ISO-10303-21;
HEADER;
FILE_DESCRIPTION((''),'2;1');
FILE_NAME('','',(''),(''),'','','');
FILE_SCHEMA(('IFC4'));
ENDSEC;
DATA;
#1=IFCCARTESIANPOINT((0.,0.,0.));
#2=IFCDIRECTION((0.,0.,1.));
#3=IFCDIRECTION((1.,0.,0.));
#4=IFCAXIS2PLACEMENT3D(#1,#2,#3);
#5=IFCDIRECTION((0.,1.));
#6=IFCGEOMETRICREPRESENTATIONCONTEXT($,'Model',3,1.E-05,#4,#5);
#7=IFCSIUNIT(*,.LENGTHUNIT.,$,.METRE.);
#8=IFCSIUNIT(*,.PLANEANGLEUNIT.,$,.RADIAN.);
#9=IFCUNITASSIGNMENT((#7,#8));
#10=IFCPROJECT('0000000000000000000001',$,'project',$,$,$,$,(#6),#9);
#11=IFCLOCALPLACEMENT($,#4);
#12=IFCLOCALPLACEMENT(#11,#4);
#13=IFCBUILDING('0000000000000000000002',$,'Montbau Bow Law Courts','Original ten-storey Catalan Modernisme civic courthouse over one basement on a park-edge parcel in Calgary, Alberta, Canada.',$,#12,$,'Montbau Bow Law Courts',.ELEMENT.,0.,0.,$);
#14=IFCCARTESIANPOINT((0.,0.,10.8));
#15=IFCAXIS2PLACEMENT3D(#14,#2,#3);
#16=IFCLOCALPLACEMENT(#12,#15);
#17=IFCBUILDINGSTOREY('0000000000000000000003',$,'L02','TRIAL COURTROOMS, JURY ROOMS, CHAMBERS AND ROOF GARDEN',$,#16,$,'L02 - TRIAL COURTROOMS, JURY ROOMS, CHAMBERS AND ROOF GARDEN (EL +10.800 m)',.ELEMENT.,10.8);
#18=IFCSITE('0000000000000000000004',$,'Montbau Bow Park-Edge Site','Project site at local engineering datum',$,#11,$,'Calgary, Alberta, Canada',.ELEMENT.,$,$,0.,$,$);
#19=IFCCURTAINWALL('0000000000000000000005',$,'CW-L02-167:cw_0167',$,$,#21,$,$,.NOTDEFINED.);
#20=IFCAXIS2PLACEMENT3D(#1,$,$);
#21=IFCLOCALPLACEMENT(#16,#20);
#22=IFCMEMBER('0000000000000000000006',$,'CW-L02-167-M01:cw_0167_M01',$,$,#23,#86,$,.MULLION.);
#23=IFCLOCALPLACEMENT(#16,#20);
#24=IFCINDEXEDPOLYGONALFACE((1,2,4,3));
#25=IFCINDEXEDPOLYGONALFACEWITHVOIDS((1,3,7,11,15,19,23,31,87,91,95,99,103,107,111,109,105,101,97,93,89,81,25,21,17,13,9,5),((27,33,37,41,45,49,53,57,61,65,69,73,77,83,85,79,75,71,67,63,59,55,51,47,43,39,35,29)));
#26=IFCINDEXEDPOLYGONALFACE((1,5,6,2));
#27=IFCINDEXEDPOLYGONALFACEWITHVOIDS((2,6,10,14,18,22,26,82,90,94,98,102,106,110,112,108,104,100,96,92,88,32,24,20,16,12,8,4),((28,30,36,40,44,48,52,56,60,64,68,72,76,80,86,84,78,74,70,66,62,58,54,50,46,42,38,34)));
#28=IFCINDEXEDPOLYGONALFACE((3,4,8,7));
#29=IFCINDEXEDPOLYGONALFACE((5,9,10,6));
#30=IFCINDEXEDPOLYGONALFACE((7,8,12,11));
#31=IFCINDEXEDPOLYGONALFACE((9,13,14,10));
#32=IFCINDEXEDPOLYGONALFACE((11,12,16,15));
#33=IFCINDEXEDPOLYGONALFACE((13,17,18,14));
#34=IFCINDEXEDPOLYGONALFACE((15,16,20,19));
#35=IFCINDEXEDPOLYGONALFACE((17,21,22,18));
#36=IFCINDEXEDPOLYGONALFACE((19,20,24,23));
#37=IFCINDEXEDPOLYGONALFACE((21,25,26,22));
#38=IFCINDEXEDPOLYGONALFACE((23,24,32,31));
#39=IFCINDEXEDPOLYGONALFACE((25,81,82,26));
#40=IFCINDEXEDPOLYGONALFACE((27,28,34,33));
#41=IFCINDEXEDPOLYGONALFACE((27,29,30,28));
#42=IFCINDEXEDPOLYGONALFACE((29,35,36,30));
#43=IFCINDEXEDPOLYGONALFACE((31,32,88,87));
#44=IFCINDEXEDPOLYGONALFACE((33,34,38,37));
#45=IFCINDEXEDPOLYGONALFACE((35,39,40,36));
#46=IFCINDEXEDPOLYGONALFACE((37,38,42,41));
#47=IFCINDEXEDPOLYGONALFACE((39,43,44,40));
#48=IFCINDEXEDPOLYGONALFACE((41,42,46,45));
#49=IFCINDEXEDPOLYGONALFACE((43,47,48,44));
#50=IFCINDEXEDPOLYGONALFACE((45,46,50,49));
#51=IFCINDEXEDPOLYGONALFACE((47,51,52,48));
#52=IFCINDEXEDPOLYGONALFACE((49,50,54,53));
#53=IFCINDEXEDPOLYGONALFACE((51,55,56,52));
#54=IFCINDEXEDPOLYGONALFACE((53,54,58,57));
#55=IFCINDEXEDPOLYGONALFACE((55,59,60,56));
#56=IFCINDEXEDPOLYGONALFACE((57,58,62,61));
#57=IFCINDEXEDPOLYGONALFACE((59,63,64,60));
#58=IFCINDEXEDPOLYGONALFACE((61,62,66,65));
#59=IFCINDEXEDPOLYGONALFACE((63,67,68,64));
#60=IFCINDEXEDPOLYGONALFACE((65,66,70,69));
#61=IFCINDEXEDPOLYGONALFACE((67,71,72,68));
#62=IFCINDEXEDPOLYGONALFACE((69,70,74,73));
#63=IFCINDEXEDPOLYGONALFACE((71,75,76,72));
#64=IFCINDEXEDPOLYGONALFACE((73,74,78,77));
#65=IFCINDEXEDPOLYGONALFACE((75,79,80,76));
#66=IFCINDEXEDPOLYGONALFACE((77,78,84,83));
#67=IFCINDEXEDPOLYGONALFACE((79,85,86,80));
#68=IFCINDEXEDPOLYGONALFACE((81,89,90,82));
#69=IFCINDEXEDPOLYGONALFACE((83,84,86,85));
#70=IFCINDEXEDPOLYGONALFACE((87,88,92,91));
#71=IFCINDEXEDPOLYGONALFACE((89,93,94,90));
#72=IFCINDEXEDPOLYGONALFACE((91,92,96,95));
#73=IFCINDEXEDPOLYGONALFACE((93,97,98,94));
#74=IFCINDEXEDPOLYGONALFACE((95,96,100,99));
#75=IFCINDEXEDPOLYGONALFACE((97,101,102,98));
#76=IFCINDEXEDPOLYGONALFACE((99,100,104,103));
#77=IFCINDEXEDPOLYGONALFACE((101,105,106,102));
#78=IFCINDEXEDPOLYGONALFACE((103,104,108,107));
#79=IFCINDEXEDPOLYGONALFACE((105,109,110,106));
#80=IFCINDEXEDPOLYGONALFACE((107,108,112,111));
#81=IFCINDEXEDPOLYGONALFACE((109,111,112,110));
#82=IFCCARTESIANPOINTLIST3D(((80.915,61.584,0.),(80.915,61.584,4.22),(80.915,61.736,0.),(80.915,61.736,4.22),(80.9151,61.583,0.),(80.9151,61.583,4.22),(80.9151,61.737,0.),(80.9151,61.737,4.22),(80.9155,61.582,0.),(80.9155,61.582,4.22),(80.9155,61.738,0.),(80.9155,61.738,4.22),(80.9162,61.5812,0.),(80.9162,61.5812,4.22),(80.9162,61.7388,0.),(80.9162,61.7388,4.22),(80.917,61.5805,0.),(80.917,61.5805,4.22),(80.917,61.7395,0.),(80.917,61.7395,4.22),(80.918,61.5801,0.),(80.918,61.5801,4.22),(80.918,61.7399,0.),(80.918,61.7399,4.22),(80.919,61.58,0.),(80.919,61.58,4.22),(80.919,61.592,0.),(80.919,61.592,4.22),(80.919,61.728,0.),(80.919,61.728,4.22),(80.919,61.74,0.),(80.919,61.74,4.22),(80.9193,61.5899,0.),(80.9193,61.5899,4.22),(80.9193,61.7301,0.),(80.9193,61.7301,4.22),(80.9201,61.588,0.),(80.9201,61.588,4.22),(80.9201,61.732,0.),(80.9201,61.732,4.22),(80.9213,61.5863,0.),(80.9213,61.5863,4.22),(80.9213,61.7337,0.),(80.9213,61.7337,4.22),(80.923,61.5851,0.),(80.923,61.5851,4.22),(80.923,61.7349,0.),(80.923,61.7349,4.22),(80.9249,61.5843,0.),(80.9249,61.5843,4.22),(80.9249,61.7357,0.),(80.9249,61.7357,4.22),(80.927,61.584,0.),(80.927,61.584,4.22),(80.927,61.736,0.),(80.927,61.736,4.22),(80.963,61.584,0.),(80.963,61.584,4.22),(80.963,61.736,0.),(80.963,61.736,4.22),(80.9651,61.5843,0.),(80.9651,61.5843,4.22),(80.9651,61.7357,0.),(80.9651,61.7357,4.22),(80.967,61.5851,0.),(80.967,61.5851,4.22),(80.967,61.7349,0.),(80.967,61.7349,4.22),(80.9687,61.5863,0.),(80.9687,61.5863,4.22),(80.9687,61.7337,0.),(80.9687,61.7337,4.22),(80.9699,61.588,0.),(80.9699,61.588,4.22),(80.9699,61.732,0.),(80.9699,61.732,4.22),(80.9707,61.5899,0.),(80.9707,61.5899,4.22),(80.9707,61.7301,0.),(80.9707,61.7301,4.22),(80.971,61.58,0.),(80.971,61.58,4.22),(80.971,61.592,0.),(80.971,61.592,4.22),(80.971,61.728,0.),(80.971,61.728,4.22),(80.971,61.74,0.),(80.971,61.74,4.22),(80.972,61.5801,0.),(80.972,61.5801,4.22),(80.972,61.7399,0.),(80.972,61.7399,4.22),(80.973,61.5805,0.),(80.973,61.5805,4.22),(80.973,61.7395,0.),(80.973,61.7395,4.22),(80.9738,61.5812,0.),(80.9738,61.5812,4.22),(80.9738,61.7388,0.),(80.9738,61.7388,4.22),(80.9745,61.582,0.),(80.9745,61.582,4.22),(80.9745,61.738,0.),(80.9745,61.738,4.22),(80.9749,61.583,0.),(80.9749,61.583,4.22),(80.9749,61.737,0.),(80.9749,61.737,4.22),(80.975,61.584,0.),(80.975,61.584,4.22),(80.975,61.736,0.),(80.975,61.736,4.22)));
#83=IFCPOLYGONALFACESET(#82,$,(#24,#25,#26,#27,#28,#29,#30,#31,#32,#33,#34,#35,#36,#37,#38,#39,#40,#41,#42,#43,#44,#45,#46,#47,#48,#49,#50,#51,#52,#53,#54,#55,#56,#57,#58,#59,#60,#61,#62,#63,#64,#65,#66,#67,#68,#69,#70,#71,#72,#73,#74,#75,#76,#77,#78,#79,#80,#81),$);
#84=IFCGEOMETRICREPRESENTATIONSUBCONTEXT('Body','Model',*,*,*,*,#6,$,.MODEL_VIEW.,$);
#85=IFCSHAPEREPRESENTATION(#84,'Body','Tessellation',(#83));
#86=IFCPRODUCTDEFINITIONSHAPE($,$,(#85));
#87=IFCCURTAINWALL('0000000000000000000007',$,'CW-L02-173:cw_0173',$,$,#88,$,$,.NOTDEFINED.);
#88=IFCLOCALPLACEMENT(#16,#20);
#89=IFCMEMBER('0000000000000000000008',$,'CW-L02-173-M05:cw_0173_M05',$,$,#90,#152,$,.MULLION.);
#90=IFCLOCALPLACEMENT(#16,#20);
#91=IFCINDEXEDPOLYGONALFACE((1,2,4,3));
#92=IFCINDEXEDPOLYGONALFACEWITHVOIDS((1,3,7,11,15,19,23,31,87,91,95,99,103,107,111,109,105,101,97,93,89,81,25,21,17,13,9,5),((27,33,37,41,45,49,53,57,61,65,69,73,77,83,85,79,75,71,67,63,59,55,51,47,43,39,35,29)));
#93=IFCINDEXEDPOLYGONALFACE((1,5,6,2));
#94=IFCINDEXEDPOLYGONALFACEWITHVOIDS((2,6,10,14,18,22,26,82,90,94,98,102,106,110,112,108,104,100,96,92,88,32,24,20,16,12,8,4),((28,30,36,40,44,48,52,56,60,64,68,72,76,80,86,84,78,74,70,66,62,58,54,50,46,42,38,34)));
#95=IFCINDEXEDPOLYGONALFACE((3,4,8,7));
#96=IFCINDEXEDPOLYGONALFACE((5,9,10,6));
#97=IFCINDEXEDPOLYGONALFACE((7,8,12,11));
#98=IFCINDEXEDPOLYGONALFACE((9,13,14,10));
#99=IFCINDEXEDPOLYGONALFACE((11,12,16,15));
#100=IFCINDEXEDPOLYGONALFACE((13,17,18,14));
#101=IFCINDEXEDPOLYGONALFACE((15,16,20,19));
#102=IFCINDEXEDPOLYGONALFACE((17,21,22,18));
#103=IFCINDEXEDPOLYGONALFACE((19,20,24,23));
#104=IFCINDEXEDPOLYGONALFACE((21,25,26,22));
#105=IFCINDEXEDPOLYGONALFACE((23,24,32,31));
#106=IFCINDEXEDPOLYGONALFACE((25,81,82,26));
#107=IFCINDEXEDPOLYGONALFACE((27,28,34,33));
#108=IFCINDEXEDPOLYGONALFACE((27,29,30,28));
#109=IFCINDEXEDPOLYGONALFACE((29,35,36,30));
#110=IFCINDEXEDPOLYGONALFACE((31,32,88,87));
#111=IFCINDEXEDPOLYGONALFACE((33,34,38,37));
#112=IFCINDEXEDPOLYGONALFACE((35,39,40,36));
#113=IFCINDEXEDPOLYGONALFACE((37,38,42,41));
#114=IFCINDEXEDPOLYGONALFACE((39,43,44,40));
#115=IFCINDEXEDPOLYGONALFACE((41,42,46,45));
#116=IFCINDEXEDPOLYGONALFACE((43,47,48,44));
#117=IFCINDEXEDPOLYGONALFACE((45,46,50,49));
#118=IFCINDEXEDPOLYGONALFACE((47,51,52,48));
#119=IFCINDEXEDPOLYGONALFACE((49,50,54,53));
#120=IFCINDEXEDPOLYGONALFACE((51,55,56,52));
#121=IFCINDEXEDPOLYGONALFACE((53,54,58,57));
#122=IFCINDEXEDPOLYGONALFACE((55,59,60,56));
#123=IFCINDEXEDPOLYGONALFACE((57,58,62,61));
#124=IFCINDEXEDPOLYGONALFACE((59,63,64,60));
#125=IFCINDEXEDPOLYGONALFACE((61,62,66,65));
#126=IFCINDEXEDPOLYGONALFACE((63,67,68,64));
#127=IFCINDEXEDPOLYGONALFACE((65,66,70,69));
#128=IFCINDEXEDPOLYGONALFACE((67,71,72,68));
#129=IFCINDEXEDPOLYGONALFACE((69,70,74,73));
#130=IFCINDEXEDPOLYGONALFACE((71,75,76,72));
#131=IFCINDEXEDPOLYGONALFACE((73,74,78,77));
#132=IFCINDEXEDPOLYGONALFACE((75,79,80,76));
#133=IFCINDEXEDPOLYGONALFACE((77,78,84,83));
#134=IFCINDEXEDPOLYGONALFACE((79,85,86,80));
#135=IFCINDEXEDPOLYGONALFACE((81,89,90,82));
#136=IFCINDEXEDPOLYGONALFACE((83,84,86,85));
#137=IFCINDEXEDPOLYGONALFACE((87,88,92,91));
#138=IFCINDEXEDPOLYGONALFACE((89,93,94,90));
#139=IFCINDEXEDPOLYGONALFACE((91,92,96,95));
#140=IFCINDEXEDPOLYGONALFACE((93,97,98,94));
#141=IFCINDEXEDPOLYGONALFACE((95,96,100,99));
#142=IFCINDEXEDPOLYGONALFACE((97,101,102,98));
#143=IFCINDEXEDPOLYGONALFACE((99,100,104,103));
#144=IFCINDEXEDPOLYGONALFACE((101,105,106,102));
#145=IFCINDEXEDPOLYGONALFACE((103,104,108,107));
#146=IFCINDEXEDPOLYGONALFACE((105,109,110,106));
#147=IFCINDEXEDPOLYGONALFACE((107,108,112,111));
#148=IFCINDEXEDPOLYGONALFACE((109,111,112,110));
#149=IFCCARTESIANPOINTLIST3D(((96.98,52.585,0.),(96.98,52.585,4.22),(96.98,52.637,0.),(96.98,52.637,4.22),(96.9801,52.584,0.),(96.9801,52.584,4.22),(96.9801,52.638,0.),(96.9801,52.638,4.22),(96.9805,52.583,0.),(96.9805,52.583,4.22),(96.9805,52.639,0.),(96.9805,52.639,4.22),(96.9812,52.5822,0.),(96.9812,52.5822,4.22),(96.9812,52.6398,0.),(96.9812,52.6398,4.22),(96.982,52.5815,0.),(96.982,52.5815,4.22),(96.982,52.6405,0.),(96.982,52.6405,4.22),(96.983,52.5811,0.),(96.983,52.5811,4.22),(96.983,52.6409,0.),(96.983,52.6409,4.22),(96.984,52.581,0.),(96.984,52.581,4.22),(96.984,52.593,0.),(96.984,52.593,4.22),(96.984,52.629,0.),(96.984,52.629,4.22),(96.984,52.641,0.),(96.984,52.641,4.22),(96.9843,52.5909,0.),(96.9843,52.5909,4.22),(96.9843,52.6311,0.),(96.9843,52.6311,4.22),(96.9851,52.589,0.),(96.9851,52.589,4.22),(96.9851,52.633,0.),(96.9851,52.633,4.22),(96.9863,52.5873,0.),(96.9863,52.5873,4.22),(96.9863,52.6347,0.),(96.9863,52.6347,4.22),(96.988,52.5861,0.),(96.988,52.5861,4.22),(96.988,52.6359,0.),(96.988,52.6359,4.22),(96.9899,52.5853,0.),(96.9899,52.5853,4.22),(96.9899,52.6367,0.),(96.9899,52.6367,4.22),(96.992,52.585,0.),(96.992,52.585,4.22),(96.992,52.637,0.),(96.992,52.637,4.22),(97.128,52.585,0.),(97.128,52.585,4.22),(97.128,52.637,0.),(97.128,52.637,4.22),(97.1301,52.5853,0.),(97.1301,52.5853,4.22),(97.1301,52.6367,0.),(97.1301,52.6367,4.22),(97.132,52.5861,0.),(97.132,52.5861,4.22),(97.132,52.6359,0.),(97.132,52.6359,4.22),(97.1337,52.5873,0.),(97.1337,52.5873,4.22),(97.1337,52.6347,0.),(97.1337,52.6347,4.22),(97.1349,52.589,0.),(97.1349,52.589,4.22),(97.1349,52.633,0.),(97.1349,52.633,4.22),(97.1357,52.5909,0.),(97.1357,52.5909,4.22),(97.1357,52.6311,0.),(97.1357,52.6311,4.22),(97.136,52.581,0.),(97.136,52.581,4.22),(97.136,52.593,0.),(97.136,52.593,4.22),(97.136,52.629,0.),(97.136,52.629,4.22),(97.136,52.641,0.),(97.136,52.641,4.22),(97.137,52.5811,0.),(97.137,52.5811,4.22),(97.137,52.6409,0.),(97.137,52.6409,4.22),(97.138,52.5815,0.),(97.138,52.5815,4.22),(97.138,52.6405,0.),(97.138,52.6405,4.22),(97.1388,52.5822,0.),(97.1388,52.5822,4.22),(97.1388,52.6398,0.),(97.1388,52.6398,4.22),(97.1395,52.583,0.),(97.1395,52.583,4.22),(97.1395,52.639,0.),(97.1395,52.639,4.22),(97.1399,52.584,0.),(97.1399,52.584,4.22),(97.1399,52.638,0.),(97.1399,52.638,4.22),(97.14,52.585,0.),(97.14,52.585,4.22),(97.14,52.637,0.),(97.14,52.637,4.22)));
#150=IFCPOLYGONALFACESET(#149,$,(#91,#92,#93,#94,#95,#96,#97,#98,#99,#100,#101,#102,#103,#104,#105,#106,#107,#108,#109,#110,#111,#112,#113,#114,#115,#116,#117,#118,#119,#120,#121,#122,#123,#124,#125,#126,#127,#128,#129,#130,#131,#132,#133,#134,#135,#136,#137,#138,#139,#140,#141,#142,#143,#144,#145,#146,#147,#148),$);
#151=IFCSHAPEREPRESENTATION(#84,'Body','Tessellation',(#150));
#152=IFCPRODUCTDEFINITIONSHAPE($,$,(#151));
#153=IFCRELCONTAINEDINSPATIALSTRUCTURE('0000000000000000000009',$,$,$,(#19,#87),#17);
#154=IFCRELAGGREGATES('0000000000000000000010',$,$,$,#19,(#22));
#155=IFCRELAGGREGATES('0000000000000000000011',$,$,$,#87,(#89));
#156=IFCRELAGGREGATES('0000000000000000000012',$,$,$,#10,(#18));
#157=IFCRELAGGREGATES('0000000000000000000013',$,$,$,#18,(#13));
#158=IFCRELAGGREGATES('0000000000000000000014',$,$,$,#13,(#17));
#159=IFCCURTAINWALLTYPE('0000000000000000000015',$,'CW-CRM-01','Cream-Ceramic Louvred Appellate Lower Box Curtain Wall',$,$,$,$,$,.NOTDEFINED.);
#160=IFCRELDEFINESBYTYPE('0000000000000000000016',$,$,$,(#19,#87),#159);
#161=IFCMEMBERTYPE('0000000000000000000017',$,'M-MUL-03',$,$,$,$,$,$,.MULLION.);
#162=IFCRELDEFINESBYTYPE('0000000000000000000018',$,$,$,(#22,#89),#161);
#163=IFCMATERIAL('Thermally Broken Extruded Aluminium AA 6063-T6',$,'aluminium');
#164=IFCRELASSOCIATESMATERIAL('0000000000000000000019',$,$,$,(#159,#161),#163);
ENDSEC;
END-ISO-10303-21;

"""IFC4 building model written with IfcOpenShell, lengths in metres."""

from ifc_helpers import new_model, si_unit, direction, frame, origin_with_axes, origin_2d_with_axis, place, context, subcontext, project, spatial, hollow_rectangle, extrude, material, material_profile, profile_set, type_object, element, aggregate, save


model = new_model("IFC4")

# Units and contexts
model_context = context("Model", 3, precision=1e-05, world=origin_with_axes(), true_north=direction((0.0, 1.0)))
body_context = subcontext(model_context, "Body", "Model", "MODEL_VIEW")
ifc_project = project(units=[si_unit("LENGTHUNIT", "METRE"), si_unit("PLANEANGLEUNIT", "RADIAN")], contexts=[model_context])

# Site, building, storey
site_placement = place(None, origin_with_axes())
site = spatial("IfcSite", under=ifc_project, at=site_placement, Name="Montbau Bow Park-Edge Site", Description="Project site at local engineering datum", LongName="Calgary, Alberta, Canada", CompositionType="ELEMENT", RefElevation=0.0)
building_placement = place(site_placement, origin_with_axes())
building = spatial("IfcBuilding", under=site, at=building_placement, Name="Montbau Bow Law Courts", Description="Original ten-storey Catalan Modernisme civic courthouse over one basement on a park-edge parcel in Calgary, Alberta, Canada.", LongName="Montbau Bow Law Courts", CompositionType="ELEMENT", ElevationOfRefHeight=0.0, ElevationOfTerrain=0.0)
storey_placement = place(building_placement, frame((0.0, 0.0, 10.8), z_axis=(0.0, 0.0, 1.0), x_axis=(1.0, 0.0, 0.0)))
storey = spatial("IfcBuildingStorey", under=building, at=storey_placement, Name="L02", Description="TRIAL COURTROOMS, JURY ROOMS, CHAMBERS AND ROOF GARDEN", LongName="L02 - TRIAL COURTROOMS, JURY ROOMS, CHAMBERS AND ROOF GARDEN (EL +10.800 m)", CompositionType="ELEMENT", Elevation=10.8)

# Curtain wall, member
ifc_material_1 = material(Name="Thermally Broken Extruded Aluminium AA 6063-T6", Category="aluminium")
curtain_wall_type = type_object("IfcCurtainWallType", Name="CW-CRM-01", Description="Cream-Ceramic Louvred Appellate Lower Box Curtain Wall", PredefinedType="NOTDEFINED", material=ifc_material_1)
curtain_wall_1_placement = place(None, frame((80.915, 61.66, 10.8), z_axis=(0.0, 0.0, 1.0), x_axis=(1.0, 0.0, 0.0)))
curtain_wall_1 = element("IfcCurtainWall", 1, at=curtain_wall_1_placement, inside=storey, type_object=curtain_wall_type, Name="CW-L02-167:cw_0167", PredefinedType="NOTDEFINED")
ifc_material_profile_1 = material_profile(ifc_material_1, hollow_rectangle(XDim=0.06, YDim=0.16, WallThickness=0.004, InnerFilletRadius=0.008, OuterFilletRadius=0.004, at=origin_2d_with_axis()), Name="CWM-160X60", Category="Main", Priority=0)
ifc_profile_set_1 = profile_set([ifc_material_profile_1], Name="Thermally Broken Extruded Aluminium AA 6063-T6")
member_type_1 = type_object("IfcMemberType", Name="M-MUL-03", PredefinedType="MULLION", material=ifc_profile_set_1)
member_1_placement = place(None, frame((80.945, 61.66, 10.8), z_axis=(0.0, 0.0, 1.0), x_axis=(1.0, 0.0, 0.0)))
member_1 = element("IfcMember", 2, at=member_1_placement, type_object=member_type_1, Name="CW-L02-167-M01:cw_0167_M01", PredefinedType="MULLION", context=body_context, shape_type="SweptSolid", body=[
    extrude(hollow_rectangle(XDim=0.06, YDim=0.16, WallThickness=0.004, InnerFilletRadius=0.008, OuterFilletRadius=0.004, at=origin_2d_with_axis()), origin_with_axes(), (0.0, 0.0, 1.0), 4.22),
])

# Curtain wall, member
curtain_wall_2_placement = place(None, frame((97.06, 46.715, 10.8), z_axis=(0.0, 0.0, 1.0), x_axis=(1.0, 0.0, 0.0)))
curtain_wall_2 = element("IfcCurtainWall", 3, at=curtain_wall_2_placement, inside=storey, type_object=curtain_wall_type, Name="CW-L02-173:cw_0173", PredefinedType="NOTDEFINED")
member_2_placement = place(None, frame((97.06, 52.611, 10.8), z_axis=(0.0, 0.0, 1.0), x_axis=(0.0, 1.0, 0.0)))
member_2 = element("IfcMember", 4, at=member_2_placement, type_object=member_type_1, Name="CW-L02-173-M05:cw_0173_M05", PredefinedType="MULLION", context=body_context, shape_type="SweptSolid", body=[
    extrude(hollow_rectangle(XDim=0.06, YDim=0.16, WallThickness=0.004, InnerFilletRadius=0.008, OuterFilletRadius=0.004, at=origin_2d_with_axis()), origin_with_axes(), (0.0, 0.0, 1.0), 4.22),
])

aggregate(curtain_wall_1, [member_1])
aggregate(curtain_wall_2, [member_2])

save(model, "model.ifc")
